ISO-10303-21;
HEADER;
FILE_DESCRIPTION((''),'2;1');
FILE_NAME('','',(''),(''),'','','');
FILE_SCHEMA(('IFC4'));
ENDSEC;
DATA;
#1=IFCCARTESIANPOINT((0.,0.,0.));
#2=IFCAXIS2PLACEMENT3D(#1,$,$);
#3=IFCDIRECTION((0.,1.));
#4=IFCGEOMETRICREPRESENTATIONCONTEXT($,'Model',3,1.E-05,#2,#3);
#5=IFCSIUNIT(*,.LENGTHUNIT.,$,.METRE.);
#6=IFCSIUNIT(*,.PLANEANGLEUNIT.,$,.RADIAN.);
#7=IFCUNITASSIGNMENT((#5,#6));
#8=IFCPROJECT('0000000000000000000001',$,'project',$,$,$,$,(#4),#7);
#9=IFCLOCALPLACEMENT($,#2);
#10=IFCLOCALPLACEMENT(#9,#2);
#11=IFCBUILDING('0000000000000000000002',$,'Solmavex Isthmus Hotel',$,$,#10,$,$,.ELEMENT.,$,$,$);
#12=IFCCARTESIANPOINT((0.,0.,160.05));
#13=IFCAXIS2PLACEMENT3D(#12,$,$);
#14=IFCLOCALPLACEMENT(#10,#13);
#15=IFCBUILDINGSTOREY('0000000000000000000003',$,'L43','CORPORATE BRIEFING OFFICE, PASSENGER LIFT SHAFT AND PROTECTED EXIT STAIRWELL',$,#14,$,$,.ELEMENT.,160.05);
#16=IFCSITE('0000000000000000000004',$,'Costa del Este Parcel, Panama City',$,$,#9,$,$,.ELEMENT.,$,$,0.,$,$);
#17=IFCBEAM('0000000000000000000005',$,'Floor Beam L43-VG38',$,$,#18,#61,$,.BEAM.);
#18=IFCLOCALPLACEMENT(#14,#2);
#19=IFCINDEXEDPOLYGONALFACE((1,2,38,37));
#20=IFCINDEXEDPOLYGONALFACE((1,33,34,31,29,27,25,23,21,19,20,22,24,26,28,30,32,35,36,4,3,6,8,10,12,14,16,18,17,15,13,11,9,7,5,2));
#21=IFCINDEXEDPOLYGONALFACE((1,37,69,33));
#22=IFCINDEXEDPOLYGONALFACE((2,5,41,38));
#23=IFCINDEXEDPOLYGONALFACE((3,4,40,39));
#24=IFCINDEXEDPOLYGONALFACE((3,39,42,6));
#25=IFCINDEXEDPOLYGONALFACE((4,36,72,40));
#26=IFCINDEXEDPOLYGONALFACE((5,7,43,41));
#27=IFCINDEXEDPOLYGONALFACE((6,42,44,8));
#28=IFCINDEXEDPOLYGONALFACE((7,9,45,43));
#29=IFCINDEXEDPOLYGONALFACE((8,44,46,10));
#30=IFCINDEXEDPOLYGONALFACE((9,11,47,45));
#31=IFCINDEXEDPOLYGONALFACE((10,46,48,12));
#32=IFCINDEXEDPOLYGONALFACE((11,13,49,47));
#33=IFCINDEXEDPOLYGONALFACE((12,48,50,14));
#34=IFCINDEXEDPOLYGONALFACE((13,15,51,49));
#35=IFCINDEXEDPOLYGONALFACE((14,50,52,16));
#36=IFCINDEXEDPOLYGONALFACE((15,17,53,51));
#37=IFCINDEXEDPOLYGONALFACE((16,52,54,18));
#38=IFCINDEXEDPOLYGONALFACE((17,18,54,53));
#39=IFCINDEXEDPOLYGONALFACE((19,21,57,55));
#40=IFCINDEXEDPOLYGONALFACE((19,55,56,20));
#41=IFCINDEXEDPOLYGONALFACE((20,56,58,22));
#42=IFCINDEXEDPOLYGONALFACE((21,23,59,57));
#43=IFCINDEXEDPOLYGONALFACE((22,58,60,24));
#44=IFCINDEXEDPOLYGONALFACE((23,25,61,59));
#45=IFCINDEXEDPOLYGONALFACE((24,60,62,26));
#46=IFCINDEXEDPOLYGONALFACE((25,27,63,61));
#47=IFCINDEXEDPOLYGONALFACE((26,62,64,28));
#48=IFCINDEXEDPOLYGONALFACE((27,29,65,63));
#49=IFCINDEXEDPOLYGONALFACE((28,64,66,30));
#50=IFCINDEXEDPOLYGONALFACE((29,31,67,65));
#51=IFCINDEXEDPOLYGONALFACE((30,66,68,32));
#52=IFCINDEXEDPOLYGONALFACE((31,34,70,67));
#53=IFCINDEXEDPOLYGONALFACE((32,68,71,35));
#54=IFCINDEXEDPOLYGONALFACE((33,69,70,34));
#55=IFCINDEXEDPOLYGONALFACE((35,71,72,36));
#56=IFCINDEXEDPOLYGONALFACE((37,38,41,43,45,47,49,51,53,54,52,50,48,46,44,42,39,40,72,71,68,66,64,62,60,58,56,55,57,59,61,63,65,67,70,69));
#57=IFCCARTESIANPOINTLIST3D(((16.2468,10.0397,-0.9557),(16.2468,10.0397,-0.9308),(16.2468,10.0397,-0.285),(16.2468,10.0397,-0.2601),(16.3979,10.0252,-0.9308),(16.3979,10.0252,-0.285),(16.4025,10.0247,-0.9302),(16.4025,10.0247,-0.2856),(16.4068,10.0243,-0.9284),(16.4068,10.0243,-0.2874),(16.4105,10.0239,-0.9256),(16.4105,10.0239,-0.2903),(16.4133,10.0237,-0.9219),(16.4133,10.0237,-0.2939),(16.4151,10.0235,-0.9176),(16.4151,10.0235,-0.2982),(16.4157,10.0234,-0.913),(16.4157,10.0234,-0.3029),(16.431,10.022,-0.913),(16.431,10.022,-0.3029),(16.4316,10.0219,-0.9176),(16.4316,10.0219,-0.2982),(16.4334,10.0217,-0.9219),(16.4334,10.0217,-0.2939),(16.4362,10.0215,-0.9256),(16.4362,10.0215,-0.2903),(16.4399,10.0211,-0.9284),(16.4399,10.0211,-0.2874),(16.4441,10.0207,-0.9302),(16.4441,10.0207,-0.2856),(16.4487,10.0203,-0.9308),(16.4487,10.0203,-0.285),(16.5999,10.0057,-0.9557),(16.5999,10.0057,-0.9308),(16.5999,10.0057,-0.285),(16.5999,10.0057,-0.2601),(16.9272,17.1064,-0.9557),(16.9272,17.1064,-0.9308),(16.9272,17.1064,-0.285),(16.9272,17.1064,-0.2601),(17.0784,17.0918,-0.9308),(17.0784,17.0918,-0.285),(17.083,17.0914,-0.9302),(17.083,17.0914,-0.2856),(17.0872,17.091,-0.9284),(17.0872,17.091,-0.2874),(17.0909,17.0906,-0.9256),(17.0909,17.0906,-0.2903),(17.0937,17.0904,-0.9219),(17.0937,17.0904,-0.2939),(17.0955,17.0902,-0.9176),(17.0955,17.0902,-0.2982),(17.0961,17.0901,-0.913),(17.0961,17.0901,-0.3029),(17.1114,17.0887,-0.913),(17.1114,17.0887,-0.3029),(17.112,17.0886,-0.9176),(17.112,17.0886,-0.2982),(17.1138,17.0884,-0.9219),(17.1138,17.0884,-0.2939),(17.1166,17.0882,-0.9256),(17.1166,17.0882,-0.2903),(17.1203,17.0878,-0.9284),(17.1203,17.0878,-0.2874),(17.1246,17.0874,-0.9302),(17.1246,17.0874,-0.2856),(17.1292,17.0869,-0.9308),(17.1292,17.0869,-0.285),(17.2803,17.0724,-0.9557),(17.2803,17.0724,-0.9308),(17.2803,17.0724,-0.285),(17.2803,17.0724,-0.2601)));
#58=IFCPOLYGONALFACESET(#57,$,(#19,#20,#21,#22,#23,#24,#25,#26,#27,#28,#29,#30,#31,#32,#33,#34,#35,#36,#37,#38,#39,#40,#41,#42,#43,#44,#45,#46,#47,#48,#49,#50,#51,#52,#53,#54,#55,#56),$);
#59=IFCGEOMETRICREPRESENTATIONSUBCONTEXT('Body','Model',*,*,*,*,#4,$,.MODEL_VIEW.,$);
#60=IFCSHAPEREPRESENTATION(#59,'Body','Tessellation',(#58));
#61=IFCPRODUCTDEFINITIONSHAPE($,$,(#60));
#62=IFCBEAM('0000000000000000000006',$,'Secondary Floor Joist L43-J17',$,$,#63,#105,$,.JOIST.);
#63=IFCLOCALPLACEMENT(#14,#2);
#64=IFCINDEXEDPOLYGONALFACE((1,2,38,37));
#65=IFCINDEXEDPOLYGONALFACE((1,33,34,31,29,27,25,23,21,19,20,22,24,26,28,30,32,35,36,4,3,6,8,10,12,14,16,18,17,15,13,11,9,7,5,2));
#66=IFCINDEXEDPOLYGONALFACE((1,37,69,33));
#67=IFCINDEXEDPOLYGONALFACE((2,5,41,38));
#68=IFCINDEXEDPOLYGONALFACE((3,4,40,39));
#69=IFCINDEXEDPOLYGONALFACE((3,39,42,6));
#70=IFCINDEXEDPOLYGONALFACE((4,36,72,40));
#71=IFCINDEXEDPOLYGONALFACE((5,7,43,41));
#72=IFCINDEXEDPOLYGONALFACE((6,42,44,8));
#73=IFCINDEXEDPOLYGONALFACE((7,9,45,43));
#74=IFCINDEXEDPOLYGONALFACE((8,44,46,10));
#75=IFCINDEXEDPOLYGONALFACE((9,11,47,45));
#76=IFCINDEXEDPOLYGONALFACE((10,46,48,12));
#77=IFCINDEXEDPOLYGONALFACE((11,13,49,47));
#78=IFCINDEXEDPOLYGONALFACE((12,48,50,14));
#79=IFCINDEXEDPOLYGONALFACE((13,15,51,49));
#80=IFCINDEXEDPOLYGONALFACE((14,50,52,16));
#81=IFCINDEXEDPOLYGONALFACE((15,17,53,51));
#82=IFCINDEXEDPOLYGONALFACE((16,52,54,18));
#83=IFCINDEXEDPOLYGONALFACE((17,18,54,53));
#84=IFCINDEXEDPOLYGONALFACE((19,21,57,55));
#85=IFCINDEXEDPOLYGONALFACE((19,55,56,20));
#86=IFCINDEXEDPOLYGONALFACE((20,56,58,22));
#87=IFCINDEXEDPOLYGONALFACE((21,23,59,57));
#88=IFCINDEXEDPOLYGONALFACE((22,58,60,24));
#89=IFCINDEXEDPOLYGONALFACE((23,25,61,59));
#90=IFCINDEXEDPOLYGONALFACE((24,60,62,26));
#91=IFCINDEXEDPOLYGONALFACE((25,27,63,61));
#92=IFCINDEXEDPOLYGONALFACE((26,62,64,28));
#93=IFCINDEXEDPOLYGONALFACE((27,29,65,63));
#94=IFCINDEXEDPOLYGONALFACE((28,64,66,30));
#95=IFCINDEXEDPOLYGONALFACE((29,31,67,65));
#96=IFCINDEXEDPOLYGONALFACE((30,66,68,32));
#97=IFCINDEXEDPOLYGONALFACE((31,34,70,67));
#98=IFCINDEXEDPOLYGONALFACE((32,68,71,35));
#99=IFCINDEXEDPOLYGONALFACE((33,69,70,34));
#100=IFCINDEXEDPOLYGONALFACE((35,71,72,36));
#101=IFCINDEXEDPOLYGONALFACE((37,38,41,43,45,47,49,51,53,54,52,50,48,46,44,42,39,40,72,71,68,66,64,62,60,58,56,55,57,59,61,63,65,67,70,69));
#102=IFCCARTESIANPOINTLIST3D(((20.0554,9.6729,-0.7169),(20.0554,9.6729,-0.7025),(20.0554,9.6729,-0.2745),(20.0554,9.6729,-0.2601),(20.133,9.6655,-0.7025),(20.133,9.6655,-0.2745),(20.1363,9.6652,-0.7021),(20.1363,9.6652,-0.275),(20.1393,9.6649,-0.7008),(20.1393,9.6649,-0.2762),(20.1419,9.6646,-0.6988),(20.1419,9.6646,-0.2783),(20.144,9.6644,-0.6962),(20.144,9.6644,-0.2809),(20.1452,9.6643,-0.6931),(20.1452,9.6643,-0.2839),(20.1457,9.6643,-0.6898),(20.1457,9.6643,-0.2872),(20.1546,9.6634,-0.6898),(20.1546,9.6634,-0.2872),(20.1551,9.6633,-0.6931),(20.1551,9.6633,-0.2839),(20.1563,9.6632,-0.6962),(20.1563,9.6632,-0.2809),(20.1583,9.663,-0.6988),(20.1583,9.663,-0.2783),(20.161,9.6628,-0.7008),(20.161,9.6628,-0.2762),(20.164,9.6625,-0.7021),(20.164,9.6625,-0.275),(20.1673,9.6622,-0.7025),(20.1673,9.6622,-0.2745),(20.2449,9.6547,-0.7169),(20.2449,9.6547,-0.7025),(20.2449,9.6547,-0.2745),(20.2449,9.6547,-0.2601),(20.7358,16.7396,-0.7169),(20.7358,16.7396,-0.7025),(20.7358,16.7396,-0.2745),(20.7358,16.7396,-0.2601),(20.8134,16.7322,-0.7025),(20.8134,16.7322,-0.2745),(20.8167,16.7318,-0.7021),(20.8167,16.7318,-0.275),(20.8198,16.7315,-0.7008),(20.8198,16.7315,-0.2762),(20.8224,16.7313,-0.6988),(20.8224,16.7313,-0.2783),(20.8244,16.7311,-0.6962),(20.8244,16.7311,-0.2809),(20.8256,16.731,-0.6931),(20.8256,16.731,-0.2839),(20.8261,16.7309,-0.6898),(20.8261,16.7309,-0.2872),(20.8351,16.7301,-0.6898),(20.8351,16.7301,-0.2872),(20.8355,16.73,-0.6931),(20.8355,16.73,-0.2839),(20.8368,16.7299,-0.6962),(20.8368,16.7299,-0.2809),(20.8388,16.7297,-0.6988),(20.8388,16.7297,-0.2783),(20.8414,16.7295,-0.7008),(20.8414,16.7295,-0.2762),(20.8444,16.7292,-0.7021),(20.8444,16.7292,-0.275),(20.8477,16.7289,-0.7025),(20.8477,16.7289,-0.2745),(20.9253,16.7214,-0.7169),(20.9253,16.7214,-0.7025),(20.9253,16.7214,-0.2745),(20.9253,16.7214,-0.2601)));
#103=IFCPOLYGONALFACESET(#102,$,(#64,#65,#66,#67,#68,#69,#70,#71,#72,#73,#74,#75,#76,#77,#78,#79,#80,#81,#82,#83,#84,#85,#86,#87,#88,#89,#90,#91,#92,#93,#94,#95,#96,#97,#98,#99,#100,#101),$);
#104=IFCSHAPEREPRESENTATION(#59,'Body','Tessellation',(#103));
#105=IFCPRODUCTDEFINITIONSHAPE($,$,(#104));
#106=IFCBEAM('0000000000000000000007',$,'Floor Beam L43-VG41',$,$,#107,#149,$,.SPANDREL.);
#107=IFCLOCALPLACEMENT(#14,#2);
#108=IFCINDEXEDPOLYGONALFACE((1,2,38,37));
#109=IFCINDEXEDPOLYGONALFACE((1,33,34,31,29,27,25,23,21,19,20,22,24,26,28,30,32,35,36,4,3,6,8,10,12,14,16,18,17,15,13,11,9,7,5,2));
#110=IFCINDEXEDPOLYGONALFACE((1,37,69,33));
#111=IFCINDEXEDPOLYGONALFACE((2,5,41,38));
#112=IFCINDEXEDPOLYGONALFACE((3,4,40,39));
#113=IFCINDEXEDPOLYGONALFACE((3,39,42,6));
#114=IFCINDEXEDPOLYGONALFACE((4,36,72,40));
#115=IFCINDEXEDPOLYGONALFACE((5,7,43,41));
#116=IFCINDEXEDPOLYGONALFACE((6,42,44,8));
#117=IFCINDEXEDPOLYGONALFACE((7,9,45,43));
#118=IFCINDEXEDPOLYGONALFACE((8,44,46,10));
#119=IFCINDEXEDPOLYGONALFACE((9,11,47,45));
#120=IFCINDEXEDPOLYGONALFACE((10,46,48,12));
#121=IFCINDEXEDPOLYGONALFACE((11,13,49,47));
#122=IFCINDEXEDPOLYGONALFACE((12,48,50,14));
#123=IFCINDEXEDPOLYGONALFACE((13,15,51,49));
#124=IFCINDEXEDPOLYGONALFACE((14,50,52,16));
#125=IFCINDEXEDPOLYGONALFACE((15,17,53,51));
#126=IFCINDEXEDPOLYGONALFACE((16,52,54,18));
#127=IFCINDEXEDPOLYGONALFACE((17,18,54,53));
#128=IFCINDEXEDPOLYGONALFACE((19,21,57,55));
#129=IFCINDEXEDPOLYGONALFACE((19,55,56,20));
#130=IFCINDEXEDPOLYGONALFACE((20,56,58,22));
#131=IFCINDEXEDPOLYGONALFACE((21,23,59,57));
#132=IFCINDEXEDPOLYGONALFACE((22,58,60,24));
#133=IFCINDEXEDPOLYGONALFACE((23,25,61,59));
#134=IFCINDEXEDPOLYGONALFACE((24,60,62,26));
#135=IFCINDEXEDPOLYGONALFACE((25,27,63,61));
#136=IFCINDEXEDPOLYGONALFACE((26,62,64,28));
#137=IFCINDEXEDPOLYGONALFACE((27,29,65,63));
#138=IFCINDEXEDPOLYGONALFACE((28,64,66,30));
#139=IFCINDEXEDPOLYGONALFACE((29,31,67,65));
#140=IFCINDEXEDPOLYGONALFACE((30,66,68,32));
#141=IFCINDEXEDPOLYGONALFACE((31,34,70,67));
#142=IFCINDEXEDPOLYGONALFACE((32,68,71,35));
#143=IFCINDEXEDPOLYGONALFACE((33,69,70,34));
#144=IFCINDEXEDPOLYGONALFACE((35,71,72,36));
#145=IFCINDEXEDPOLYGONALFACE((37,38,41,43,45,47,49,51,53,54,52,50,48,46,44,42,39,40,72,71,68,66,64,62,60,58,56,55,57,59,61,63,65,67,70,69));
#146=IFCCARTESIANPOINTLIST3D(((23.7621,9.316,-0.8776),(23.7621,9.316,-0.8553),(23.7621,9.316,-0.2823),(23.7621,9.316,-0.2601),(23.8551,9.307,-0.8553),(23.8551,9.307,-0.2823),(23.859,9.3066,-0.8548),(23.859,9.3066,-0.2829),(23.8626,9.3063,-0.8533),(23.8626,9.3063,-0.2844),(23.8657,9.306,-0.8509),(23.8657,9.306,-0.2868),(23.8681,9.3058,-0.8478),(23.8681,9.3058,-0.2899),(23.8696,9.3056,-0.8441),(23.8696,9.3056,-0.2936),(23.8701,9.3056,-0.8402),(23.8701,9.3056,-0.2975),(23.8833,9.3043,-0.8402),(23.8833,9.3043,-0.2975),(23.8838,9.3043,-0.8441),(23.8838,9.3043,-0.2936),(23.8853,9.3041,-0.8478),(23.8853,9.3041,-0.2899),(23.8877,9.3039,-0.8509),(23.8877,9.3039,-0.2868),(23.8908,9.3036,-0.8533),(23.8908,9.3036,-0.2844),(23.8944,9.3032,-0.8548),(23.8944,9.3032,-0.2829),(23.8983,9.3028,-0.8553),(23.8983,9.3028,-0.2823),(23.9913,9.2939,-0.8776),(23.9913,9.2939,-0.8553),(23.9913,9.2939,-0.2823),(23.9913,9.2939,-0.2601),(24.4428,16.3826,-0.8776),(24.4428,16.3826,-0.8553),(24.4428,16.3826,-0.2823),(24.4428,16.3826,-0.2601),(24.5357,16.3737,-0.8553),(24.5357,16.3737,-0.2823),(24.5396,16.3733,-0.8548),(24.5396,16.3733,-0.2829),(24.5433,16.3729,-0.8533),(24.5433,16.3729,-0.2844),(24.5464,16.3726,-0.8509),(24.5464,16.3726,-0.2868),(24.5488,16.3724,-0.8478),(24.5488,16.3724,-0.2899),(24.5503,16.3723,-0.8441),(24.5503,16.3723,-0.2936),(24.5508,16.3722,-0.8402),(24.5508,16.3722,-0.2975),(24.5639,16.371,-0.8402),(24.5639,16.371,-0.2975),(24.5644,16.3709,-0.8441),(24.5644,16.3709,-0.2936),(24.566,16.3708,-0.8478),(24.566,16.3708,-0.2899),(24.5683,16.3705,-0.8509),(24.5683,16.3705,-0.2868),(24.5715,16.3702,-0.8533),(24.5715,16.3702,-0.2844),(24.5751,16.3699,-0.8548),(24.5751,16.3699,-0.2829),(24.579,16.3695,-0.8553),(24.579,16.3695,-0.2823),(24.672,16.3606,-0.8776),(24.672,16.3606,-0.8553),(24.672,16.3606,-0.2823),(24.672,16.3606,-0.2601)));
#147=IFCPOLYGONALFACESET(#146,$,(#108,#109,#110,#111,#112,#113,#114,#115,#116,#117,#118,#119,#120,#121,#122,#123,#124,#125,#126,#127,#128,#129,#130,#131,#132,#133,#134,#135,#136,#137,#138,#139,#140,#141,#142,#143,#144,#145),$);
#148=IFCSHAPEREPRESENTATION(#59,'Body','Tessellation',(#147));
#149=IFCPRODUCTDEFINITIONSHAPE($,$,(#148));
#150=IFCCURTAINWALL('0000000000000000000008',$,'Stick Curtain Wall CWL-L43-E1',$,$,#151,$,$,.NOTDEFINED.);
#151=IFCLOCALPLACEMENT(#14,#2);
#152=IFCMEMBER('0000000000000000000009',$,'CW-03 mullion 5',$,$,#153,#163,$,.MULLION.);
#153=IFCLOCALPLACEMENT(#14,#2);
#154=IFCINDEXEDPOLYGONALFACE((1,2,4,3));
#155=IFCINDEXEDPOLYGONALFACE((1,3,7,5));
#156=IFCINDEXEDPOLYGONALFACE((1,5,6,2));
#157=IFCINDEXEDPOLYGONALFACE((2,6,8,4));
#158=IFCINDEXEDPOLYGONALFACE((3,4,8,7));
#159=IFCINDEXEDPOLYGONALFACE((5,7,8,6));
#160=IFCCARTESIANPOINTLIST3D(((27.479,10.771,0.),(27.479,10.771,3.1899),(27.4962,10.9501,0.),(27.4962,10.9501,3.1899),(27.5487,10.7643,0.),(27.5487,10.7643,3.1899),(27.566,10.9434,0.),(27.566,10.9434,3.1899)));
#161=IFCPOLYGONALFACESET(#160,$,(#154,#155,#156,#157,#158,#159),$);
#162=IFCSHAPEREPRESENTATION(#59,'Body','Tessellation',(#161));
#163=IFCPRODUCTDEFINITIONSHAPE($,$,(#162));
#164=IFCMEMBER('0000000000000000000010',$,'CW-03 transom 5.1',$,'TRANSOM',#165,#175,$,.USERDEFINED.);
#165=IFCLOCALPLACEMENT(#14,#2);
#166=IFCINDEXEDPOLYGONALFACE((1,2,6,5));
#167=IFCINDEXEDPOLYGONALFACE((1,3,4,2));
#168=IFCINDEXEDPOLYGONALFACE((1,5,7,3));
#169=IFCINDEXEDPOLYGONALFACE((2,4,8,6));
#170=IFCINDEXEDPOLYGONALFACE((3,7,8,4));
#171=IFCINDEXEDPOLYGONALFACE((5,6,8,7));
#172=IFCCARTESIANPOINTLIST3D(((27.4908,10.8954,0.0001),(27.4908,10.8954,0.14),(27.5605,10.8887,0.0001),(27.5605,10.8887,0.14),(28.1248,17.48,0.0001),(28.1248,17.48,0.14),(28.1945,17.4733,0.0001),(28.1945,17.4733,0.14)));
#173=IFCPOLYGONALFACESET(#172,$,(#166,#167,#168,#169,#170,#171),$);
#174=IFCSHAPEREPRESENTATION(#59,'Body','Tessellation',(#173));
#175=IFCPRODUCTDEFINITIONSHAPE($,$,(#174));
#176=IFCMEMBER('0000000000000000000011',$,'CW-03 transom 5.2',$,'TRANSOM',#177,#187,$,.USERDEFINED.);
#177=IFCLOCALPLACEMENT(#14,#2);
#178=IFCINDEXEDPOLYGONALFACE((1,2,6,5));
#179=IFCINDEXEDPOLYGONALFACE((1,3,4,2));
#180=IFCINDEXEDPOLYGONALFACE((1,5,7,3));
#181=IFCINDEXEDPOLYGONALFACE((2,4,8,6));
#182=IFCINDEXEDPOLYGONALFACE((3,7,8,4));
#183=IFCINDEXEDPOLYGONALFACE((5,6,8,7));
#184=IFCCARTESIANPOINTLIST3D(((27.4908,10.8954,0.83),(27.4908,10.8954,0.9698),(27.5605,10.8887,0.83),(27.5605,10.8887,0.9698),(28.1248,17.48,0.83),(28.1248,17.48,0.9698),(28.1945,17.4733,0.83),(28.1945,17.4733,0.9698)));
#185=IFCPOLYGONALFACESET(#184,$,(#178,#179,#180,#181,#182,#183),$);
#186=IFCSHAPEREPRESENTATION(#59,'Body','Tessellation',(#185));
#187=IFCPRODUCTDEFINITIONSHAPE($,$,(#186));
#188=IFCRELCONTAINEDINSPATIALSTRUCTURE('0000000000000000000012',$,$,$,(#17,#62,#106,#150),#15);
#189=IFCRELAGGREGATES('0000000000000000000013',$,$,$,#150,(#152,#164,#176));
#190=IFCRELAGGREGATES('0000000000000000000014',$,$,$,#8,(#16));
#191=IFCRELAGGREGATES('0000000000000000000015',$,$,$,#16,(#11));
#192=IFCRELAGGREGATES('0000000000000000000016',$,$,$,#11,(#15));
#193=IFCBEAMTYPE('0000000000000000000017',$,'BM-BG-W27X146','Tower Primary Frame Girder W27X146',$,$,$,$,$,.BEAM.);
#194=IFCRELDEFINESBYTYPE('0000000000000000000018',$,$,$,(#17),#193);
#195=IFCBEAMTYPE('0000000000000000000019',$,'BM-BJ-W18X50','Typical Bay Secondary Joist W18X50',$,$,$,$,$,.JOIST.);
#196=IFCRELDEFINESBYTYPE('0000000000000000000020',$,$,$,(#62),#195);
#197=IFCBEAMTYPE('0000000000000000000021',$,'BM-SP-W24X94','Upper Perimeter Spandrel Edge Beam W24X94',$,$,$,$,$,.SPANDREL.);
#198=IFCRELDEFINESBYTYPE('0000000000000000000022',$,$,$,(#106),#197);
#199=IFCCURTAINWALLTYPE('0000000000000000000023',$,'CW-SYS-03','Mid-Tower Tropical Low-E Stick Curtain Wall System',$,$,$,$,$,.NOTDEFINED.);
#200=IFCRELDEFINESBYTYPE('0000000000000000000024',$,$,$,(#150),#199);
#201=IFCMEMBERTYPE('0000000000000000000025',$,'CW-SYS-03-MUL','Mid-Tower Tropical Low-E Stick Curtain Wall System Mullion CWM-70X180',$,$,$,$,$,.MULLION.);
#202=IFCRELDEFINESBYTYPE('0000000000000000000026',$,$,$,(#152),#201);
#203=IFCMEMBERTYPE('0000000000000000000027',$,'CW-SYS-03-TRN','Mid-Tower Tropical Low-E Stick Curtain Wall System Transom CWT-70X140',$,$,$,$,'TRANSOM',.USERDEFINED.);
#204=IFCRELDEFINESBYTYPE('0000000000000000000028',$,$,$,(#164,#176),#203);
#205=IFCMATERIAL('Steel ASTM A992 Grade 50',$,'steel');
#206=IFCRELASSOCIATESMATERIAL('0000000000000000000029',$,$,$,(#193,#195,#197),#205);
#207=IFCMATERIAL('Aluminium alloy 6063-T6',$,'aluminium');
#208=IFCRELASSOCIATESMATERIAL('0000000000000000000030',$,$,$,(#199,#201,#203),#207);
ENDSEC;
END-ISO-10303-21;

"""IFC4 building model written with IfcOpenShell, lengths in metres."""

from ifc_helpers import new_model, si_unit, direction, frame, origin, origin_2d, place, context, subcontext, project, spatial, rectangle, i_section, extrude, material, material_profile, profile_set, type_object, element, aggregate, save


model = new_model("IFC4")

# Units and contexts
model_context = context("Model", 3, precision=1e-05, world=origin(), true_north=direction((0.0, 1.0)))
body_context = subcontext(model_context, "Body", "Model", "MODEL_VIEW")
ifc_project = project(units=[si_unit("LENGTHUNIT", "METRE"), si_unit("PLANEANGLEUNIT", "RADIAN")], contexts=[model_context])

# Site, building, storey
site_placement = place(None, origin())
site = spatial("IfcSite", under=ifc_project, at=site_placement, Name="Costa del Este Parcel, Panama City", CompositionType="ELEMENT", RefElevation=0.0)
building_placement = place(site_placement, origin())
building = spatial("IfcBuilding", under=site, at=building_placement, Name="Solmavex Isthmus Hotel", CompositionType="ELEMENT")
storey_placement = place(building_placement, frame((0.0, 0.0, 160.05)))
storey = spatial("IfcBuildingStorey", under=building, at=storey_placement, Name="L43", Description="CORPORATE BRIEFING OFFICE, PASSENGER LIFT SHAFT AND PROTECTED EXIT STAIRWELL", CompositionType="ELEMENT", Elevation=160.05)

# Beams
ifc_material_1 = material(Name="Steel ASTM A992 Grade 50", Category="steel")
ifc_material_profile_1 = material_profile(ifc_material_1, i_section(OverallWidth=0.3547, OverallDepth=0.6956, WebThickness=0.0154, FlangeThickness=0.0249, FilletRadius=0.0178, at=origin_2d()), Name="W27X146")
ifc_profile_set_1 = profile_set([ifc_material_profile_1], Name="Steel ASTM A992 Grade 50")
beam_type_1 = type_object("IfcBeamType", Name="BM-BG-W27X146", Description="Tower Primary Frame Girder W27X146", PredefinedType="BEAM", material=ifc_profile_set_1)
beam_1_placement = place(storey_placement, frame((16.4233, 10.0227, -0.6079), z_axis=(0.095843, 0.995396, 0.0), x_axis=(-0.995396, 0.095843, 0.0)))
element("IfcBeam", 1, at=beam_1_placement, inside=storey, type_object=beam_type_1, Name="Floor Beam L43-VG38", PredefinedType="BEAM", context=body_context, shape_type="SweptSolid", body=[
    extrude(i_section(OverallWidth=0.3547, OverallDepth=0.6956, WebThickness=0.0154, FlangeThickness=0.0249, FilletRadius=0.0178, at=origin_2d()), origin(), (0.0, 0.0, 1.0), 7.0994),
])
ifc_material_profile_2 = material_profile(ifc_material_1, i_section(OverallWidth=0.1904, OverallDepth=0.4568, WebThickness=0.009, FlangeThickness=0.0144, FilletRadius=0.0127, at=origin_2d()), Name="W18X50")
ifc_profile_set_2 = profile_set([ifc_material_profile_2], Name="Steel ASTM A992 Grade 50")
beam_type_2 = type_object("IfcBeamType", Name="BM-BJ-W18X50", Description="Typical Bay Secondary Joist W18X50", PredefinedType="JOIST", material=ifc_profile_set_2)
beam_2_placement = place(storey_placement, frame((20.1501, 9.6638, -0.4885), z_axis=(0.095843, 0.995396, 0.0), x_axis=(-0.995396, 0.095843, 0.0)))
element("IfcBeam", 2, at=beam_2_placement, inside=storey, type_object=beam_type_2, Name="Secondary Floor Joist L43-J17", PredefinedType="JOIST", context=body_context, shape_type="SweptSolid", body=[
    extrude(i_section(OverallWidth=0.1904, OverallDepth=0.4568, WebThickness=0.009, FlangeThickness=0.0144, FilletRadius=0.0127, at=origin_2d()), origin(), (0.0, 0.0, 1.0), 7.0994),
])
ifc_material_profile_3 = material_profile(ifc_material_1, i_section(OverallWidth=0.2302, OverallDepth=0.6174, WebThickness=0.0132, FlangeThickness=0.0222, FilletRadius=0.0151, at=origin_2d()), Name="W24X94")
ifc_profile_set_3 = profile_set([ifc_material_profile_3], Name="Steel ASTM A992 Grade 50")
beam_type_3 = type_object("IfcBeamType", Name="BM-SP-W24X94", Description="Upper Perimeter Spandrel Edge Beam W24X94", PredefinedType="SPANDREL", material=ifc_profile_set_3)
beam_3_placement = place(storey_placement, frame((23.8767, 9.3049, -0.5688), z_axis=(0.095877, 0.995393, 0.0), x_axis=(-0.995393, 0.095877, 0.0)))
element("IfcBeam", 3, at=beam_3_placement, inside=storey, type_object=beam_type_3, Name="Floor Beam L43-VG41", PredefinedType="SPANDREL", context=body_context, shape_type="SweptSolid", body=[
    extrude(i_section(OverallWidth=0.2302, OverallDepth=0.6174, WebThickness=0.0132, FlangeThickness=0.0222, FilletRadius=0.0151, at=origin_2d()), origin(), (0.0, 0.0, 1.0), 7.0994),
])

# Curtain wall, members
ifc_material_2 = material(Name="Aluminium alloy 6063-T6", Category="aluminium")
curtain_wall_type = type_object("IfcCurtainWallType", Name="CW-SYS-03", Description="Mid-Tower Tropical Low-E Stick Curtain Wall System", PredefinedType="NOTDEFINED", material=ifc_material_2)
curtain_wall_placement = place(storey_placement, origin())
curtain_wall = element("IfcCurtainWall", 4, at=curtain_wall_placement, inside=storey, type_object=curtain_wall_type, Name="Stick Curtain Wall CWL-L43-E1", PredefinedType="NOTDEFINED")
ifc_material_profile_4 = material_profile(ifc_material_2, rectangle(XDim=0.0701, YDim=0.1799, at=origin_2d()), Name="CWM-70X180")
ifc_profile_set_4 = profile_set([ifc_material_profile_4], Name="Aluminium alloy 6063-T6")
member_type_1 = type_object("IfcMemberType", Name="CW-SYS-03-MUL", Description="Mid-Tower Tropical Low-E Stick Curtain Wall System Mullion CWM-70X180", PredefinedType="MULLION", material=ifc_profile_set_4)
member_1_placement = place(storey_placement, frame((27.5225, 10.8572, 0.0), z_axis=(0.0, 0.0, 1.0), x_axis=(-0.995396, 0.095846, 0.0)))
member_1 = element("IfcMember", 5, at=member_1_placement, type_object=member_type_1, Name="CW-03 mullion 5", PredefinedType="MULLION", context=body_context, shape_type="SweptSolid", body=[
    extrude(rectangle(XDim=0.0701, YDim=0.1799, at=origin_2d()), origin(), (0.0, 0.0, 1.0), 3.1899),
])
ifc_material_profile_5 = material_profile(ifc_material_2, rectangle(XDim=0.0701, YDim=0.1399, at=origin_2d()), Name="CWT-70X140")
ifc_profile_set_5 = profile_set([ifc_material_profile_5], Name="Aluminium alloy 6063-T6")
member_type_2 = type_object("IfcMemberType", Name="CW-SYS-03-TRN", Description="Mid-Tower Tropical Low-E Stick Curtain Wall System Transom CWT-70X140", ElementType="TRANSOM", PredefinedType="USERDEFINED", material=ifc_profile_set_5)
member_2_placement = place(storey_placement, frame((27.5256, 10.8921, 0.0701), z_axis=(0.095849, 0.995396, 0.0), x_axis=(-0.995396, 0.095849, 0.0)))
member_2 = element("IfcMember", 6, at=member_2_placement, type_object=member_type_2, Name="CW-03 transom 5.1", ObjectType="TRANSOM", PredefinedType="USERDEFINED", context=body_context, shape_type="SweptSolid", body=[
    extrude(rectangle(XDim=0.0701, YDim=0.1399, at=origin_2d()), origin(), (0.0, 0.0, 1.0), 6.615),
])
member_3_placement = place(storey_placement, frame((27.5256, 10.8921, 0.8999), z_axis=(0.095849, 0.995396, 0.0), x_axis=(-0.995396, 0.095849, 0.0)))
member_3 = element("IfcMember", 7, at=member_3_placement, type_object=member_type_2, Name="CW-03 transom 5.2", ObjectType="TRANSOM", PredefinedType="USERDEFINED", context=body_context, shape_type="SweptSolid", body=[
    extrude(rectangle(XDim=0.0701, YDim=0.1399, at=origin_2d()), origin(), (0.0, 0.0, 1.0), 6.615),
])
aggregate(curtain_wall, [member_1, member_2, member_3])

save(model, "model.ifc")
